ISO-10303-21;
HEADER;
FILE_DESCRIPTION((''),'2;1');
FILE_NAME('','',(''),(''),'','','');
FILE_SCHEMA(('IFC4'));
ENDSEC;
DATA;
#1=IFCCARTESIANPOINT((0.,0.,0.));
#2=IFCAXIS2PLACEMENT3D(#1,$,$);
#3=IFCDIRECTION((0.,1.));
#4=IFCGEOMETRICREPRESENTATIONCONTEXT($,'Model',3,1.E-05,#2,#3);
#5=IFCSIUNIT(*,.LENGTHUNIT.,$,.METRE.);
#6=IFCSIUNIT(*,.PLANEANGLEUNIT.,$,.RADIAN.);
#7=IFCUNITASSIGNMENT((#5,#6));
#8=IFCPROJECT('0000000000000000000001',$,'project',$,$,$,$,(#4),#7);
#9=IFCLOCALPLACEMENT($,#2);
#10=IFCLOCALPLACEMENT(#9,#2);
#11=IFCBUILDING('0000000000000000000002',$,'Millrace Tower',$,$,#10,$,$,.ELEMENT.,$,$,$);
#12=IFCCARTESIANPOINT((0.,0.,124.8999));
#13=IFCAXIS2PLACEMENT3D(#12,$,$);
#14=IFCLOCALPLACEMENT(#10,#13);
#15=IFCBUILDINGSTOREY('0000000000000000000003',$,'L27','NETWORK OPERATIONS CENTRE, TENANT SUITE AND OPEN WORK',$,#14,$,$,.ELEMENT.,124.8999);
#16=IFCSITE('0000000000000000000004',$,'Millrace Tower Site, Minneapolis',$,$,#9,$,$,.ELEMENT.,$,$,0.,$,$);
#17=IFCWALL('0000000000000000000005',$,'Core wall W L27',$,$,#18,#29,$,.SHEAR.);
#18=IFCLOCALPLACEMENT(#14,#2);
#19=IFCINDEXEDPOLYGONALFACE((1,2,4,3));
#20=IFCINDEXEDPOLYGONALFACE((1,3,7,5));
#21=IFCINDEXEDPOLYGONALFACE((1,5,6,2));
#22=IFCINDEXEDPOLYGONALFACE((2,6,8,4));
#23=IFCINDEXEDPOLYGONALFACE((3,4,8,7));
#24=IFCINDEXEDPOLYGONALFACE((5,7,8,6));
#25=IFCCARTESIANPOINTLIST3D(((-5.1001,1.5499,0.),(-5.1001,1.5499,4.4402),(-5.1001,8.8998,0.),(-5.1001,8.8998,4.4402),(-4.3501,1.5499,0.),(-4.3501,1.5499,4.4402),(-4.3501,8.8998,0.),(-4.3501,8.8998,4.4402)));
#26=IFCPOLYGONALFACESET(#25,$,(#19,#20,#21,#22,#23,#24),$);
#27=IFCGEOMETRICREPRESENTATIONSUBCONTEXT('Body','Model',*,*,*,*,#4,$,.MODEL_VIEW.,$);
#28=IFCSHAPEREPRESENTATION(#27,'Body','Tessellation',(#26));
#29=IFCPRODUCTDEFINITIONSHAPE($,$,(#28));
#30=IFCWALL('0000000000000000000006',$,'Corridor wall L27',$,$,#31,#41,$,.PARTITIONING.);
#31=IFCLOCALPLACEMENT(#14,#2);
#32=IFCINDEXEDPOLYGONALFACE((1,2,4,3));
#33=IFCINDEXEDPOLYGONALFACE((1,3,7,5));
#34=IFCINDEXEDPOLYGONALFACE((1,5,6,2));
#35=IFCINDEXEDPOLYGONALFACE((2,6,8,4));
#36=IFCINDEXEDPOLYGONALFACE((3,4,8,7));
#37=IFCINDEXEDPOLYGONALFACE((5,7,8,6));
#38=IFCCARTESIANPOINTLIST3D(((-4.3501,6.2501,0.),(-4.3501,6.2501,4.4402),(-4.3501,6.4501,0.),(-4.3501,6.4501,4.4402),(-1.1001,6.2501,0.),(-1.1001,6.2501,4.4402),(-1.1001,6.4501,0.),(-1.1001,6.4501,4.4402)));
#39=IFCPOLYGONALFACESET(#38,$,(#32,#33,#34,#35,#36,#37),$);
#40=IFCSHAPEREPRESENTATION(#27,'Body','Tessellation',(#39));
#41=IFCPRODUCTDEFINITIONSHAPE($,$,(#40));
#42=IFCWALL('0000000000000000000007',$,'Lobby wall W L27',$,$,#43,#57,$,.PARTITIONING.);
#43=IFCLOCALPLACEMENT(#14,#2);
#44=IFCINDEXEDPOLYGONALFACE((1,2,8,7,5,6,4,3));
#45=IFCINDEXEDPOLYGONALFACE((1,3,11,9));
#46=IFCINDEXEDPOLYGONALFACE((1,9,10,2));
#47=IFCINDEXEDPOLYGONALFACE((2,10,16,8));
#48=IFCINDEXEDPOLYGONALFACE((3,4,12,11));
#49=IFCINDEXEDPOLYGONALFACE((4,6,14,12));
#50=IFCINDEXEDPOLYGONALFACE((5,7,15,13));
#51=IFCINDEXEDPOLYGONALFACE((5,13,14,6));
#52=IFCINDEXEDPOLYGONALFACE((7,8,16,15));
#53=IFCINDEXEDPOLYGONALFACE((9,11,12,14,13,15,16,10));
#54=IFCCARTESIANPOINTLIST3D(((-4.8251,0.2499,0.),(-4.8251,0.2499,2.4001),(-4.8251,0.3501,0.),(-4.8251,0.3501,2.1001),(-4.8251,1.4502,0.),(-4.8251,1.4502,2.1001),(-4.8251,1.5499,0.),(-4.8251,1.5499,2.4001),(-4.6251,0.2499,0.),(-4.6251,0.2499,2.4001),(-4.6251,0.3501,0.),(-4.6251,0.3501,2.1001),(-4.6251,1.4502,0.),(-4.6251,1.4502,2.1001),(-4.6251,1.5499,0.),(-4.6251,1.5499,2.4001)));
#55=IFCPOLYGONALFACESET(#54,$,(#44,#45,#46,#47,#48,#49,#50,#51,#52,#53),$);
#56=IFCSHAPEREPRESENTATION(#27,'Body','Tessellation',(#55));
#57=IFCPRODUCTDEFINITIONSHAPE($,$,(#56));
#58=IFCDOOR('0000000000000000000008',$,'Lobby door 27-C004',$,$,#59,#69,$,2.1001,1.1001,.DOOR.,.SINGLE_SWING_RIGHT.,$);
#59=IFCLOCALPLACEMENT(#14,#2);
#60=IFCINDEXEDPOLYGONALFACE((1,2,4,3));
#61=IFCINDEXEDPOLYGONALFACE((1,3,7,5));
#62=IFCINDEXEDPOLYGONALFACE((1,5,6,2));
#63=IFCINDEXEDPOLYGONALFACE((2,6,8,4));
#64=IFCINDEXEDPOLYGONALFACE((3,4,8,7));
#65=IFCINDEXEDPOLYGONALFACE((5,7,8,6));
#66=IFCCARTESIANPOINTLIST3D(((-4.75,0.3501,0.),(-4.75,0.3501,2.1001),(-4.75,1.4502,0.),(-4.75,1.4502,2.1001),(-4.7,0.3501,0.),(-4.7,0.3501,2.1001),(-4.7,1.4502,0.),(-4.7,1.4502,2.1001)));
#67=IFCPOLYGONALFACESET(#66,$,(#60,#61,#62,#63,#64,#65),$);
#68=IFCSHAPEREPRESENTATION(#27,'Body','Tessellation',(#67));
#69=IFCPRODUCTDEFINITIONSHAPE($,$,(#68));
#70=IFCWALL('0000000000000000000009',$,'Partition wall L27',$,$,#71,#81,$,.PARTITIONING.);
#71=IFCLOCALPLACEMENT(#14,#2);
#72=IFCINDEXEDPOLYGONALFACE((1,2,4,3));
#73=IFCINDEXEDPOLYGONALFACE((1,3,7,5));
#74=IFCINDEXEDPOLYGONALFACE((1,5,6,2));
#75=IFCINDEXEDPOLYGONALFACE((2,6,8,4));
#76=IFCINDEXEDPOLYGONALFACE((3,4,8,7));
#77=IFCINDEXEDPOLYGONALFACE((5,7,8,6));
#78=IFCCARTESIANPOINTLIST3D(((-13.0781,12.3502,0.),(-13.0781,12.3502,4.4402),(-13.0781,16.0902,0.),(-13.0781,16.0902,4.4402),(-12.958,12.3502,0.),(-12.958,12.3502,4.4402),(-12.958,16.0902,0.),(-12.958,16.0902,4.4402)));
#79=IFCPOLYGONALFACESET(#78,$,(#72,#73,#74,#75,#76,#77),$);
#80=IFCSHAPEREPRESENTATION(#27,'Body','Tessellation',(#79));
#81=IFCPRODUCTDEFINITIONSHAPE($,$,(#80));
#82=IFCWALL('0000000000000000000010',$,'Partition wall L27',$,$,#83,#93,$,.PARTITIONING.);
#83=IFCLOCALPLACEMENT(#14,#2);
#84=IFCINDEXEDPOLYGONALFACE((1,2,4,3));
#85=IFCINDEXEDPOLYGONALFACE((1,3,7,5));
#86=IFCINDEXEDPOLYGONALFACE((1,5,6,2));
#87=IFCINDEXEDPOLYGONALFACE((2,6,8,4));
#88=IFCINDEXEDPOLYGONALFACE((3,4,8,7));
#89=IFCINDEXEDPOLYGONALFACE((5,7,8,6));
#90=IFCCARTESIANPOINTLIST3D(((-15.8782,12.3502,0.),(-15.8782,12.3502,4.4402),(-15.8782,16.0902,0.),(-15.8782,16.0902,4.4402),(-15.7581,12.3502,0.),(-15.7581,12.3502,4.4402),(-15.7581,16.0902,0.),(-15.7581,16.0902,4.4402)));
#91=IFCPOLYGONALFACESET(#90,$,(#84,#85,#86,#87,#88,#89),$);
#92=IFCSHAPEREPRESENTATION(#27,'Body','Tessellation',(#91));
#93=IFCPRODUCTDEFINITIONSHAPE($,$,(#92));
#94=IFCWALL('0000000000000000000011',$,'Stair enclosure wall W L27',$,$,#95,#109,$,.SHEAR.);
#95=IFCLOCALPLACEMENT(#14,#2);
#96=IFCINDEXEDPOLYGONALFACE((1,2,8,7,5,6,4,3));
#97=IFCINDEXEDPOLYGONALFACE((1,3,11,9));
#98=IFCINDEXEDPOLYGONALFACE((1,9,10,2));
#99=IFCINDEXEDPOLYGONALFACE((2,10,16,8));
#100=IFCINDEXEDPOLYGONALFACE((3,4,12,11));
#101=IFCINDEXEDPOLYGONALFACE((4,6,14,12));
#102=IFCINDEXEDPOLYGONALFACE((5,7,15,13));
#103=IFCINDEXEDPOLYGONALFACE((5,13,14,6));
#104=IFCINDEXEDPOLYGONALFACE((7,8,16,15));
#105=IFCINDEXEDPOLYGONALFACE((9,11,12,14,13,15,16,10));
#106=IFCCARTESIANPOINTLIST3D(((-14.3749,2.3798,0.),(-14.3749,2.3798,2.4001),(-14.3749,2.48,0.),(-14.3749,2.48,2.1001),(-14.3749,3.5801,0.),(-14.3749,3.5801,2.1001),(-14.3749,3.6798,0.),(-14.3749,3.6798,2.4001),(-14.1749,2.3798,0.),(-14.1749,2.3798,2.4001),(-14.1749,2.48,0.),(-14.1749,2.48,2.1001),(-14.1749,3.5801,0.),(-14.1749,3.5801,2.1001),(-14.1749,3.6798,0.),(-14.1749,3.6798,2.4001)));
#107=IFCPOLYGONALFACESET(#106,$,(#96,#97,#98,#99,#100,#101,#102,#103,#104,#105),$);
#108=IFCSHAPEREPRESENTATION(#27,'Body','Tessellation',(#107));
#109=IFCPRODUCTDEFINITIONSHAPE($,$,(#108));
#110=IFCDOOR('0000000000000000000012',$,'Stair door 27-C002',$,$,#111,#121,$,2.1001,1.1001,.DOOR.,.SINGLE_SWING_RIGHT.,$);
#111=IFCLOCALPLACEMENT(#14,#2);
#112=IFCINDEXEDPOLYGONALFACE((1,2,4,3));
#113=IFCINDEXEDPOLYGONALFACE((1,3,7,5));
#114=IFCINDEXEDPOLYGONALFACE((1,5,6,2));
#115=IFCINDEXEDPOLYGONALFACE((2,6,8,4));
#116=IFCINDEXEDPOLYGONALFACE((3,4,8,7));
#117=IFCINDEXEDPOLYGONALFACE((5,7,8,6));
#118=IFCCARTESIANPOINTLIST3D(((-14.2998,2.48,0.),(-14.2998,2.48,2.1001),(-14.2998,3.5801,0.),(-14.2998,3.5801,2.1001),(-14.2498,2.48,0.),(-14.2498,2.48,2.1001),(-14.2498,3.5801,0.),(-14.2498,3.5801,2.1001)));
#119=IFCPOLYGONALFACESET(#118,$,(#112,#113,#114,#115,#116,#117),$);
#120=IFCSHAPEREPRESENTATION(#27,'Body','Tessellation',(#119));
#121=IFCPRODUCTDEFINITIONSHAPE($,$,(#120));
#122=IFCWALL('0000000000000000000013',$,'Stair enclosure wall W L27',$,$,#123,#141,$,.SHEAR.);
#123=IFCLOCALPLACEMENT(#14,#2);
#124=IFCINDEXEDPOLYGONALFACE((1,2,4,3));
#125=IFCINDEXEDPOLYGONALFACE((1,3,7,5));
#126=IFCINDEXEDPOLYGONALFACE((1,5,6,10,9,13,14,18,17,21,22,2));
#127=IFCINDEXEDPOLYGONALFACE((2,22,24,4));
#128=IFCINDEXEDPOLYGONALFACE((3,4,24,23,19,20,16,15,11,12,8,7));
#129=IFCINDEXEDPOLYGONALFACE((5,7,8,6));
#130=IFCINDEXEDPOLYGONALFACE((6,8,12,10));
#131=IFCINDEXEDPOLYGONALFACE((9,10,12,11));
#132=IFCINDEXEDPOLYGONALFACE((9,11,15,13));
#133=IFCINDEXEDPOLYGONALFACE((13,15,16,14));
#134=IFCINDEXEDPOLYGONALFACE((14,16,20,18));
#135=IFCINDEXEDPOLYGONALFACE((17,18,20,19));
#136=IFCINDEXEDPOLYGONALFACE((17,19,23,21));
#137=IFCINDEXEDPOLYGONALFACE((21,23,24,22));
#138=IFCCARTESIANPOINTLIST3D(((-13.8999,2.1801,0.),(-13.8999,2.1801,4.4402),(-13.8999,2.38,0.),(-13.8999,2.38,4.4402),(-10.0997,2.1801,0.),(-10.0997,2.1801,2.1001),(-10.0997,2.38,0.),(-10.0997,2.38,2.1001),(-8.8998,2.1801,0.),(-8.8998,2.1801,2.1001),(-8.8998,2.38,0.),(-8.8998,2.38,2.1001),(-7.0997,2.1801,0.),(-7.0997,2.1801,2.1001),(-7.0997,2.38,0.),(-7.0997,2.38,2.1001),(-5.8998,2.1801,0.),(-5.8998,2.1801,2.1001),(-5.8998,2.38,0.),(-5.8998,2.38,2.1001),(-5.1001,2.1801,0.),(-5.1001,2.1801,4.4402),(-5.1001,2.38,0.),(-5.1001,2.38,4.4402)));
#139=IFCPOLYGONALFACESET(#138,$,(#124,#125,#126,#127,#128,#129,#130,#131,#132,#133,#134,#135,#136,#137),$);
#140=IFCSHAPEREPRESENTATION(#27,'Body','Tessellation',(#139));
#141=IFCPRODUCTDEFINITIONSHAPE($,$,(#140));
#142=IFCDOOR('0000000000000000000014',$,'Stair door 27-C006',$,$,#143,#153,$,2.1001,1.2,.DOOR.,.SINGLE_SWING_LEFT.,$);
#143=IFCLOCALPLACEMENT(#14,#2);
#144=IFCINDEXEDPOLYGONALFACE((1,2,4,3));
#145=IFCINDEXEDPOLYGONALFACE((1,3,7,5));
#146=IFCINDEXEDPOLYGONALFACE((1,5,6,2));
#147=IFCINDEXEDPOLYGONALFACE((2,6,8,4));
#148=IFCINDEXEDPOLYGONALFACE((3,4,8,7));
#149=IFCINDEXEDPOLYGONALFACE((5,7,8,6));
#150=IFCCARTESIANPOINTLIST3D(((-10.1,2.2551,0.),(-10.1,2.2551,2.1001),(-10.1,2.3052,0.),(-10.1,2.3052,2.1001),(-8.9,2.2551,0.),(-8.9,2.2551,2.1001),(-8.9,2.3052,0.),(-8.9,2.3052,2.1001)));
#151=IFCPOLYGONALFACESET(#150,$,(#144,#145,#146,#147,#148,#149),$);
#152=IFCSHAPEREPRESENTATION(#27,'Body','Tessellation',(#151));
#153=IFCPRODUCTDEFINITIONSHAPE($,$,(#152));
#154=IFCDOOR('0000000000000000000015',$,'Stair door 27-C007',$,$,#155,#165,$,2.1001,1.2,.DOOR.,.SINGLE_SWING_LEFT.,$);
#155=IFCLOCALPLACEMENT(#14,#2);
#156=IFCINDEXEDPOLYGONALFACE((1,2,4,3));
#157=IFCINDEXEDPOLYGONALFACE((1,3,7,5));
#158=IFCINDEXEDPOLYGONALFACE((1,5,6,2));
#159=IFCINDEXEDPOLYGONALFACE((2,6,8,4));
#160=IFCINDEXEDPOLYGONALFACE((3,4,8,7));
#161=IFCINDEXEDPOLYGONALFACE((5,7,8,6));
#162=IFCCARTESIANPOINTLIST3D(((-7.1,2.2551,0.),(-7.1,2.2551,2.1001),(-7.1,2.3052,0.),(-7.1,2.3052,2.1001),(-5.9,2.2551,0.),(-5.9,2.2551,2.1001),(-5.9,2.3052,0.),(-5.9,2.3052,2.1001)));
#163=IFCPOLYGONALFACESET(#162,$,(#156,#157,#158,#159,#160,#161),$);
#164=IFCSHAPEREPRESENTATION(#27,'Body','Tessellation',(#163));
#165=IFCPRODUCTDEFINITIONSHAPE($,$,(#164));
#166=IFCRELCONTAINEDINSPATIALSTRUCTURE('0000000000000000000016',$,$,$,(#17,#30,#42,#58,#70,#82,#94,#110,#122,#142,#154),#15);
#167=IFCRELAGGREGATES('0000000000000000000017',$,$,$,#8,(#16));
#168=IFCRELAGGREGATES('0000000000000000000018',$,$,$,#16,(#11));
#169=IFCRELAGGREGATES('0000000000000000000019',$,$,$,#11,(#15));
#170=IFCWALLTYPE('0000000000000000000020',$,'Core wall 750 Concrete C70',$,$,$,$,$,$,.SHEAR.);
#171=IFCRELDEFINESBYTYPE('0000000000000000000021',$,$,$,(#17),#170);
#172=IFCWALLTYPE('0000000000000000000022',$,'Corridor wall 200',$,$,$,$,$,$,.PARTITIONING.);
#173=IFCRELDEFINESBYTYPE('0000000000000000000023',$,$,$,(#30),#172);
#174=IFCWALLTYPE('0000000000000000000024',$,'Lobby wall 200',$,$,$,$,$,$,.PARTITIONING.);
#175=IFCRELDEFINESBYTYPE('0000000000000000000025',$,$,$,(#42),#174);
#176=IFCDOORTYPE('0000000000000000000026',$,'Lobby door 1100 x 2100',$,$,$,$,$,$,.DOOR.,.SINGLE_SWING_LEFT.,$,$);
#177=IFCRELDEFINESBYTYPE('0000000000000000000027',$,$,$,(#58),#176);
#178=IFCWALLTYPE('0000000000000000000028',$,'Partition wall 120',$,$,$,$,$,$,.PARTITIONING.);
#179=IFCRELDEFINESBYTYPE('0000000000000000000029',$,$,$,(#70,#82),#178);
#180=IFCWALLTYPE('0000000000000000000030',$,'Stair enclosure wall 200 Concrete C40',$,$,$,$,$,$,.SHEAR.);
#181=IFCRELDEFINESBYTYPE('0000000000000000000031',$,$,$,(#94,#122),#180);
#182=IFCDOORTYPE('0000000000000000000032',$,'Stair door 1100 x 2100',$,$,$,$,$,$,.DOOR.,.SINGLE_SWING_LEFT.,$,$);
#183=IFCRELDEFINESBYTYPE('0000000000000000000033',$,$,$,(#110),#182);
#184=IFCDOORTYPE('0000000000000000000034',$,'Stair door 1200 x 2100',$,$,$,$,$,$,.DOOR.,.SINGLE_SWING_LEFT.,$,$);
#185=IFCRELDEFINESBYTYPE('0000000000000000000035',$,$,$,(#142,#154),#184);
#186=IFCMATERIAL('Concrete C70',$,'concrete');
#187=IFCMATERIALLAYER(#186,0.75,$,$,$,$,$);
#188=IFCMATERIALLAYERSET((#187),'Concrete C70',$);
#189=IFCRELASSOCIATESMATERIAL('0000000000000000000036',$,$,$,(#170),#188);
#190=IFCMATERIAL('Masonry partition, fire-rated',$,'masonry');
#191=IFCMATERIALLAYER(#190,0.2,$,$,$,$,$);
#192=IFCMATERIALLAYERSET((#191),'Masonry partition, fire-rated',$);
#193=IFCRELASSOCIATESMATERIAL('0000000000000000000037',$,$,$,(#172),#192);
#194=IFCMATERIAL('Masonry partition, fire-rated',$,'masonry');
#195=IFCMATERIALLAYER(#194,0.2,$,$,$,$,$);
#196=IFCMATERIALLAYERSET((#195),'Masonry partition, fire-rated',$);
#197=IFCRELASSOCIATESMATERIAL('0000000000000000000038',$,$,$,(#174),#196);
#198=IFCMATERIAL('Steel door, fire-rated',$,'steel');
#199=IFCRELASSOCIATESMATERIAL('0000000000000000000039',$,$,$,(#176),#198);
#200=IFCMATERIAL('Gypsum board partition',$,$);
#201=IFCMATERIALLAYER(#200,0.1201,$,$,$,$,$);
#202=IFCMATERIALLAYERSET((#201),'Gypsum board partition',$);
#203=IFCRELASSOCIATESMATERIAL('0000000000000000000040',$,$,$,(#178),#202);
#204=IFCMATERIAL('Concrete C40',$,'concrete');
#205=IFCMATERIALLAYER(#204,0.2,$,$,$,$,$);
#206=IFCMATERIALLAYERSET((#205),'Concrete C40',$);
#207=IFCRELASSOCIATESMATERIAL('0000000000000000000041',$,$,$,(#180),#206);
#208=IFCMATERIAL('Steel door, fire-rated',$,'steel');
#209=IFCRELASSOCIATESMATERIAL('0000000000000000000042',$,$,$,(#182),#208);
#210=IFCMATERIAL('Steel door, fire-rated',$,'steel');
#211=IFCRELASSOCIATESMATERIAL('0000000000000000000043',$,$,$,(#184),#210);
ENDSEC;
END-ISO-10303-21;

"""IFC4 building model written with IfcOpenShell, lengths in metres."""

from ifc_helpers import new_model, si_unit, direction, frame, frame_2d, origin, place, context, subcontext, project, spatial, rectangle, extrude, material, layer, layer_set, type_object, element, fill, save


model = new_model("IFC4")

# Units and contexts
model_context = context("Model", 3, precision=1e-05, world=origin(), true_north=direction((0.0, 1.0)))
body_context = subcontext(model_context, "Body", "Model", "MODEL_VIEW")
ifc_project = project(units=[si_unit("LENGTHUNIT", "METRE"), si_unit("PLANEANGLEUNIT", "RADIAN")], contexts=[model_context])

# Site, building, storey
site_placement = place(None, origin())
site = spatial("IfcSite", under=ifc_project, at=site_placement, Name="Millrace Tower Site, Minneapolis", CompositionType="ELEMENT", RefElevation=0.0)
building_placement = place(site_placement, origin())
building = spatial("IfcBuilding", under=site, at=building_placement, Name="Millrace Tower", CompositionType="ELEMENT")
storey_placement = place(building_placement, frame((0.0, 0.0, 124.8999)))
storey = spatial("IfcBuildingStorey", under=building, at=storey_placement, Name="L27", Description="NETWORK OPERATIONS CENTRE, TENANT SUITE AND OPEN WORK", CompositionType="ELEMENT", Elevation=124.8999)

# Walls
ifc_material_1 = material(Name="Concrete C70", Category="concrete")
ifc_layer_1 = layer(ifc_material_1, 0.75)
ifc_layer_set_1 = layer_set([ifc_layer_1], Name="Concrete C70")
wall_type_1 = type_object("IfcWallType", Name="Core wall 750 Concrete C70", PredefinedType="SHEAR", material=ifc_layer_set_1)
wall_1_placement = place(storey_placement, frame((-4.7251, 1.55, 0.0), z_axis=(0.0, 0.0, 1.0), x_axis=(0.0, 1.0, 0.0)))
element("IfcWall", 1, at=wall_1_placement, inside=storey, type_object=wall_type_1, Name="Core wall W L27", PredefinedType="SHEAR", context=body_context, shape_type="SweptSolid", body=[
    extrude(rectangle(XDim=7.3499, YDim=0.75, at=frame_2d((3.6748, 0.0))), origin(), (0.0, 0.0, 1.0), 4.4402),
])
ifc_material_2 = material(Name="Masonry partition, fire-rated", Category="masonry")
ifc_layer_2 = layer(ifc_material_2, 0.2)
ifc_layer_set_2 = layer_set([ifc_layer_2], Name="Masonry partition, fire-rated")
wall_type_2 = type_object("IfcWallType", Name="Corridor wall 200", PredefinedType="PARTITIONING", material=ifc_layer_set_2)
wall_2_placement = place(storey_placement, frame((-4.3501, 6.3501, 0.0), z_axis=(0.0, 0.0, 1.0), x_axis=(1.0, 0.0, 0.0)))
element("IfcWall", 2, at=wall_2_placement, inside=storey, type_object=wall_type_2, Name="Corridor wall L27", PredefinedType="PARTITIONING", context=body_context, shape_type="SweptSolid", body=[
    extrude(rectangle(XDim=3.25, YDim=0.2, at=frame_2d((1.625, 0.0))), origin(), (0.0, 0.0, 1.0), 4.4402),
])

# Wall, opening, door
ifc_material_3 = material(Name="Masonry partition, fire-rated", Category="masonry")
ifc_layer_3 = layer(ifc_material_3, 0.2)
ifc_layer_set_3 = layer_set([ifc_layer_3], Name="Masonry partition, fire-rated")
wall_type_3 = type_object("IfcWallType", Name="Lobby wall 200", PredefinedType="PARTITIONING", material=ifc_layer_set_3)
wall_3_placement = place(storey_placement, frame((-4.7251, 0.25, 0.0), z_axis=(0.0, 0.0, 1.0), x_axis=(0.0, 1.0, 0.0)))
wall_3 = element("IfcWall", 3, at=wall_3_placement, inside=storey, type_object=wall_type_3, Name="Lobby wall W L27", PredefinedType="PARTITIONING", context=body_context, shape_type="SweptSolid", body=[
    extrude(rectangle(XDim=1.3, YDim=0.2, at=frame_2d((0.6499, 0.0))), origin(), (0.0, 0.0, 1.0), 2.4001),
])
opening_1_placement = place(wall_3_placement, frame((0.1001, 0.0, 0.0)))
opening_1 = element("IfcOpeningElement", 4, at=opening_1_placement, cuts=wall_3, PredefinedType="OPENING", context=body_context, shape_type="SweptSolid", body=[
    extrude(rectangle(XDim=1.1001, YDim=2.1001, at=frame_2d((0.55, 1.05))), frame((0.0, 0.1099, 0.0), z_axis=(0.0, -1.0, 0.0), x_axis=(1.0, 0.0, 0.0)), (0.0, 0.0, 1.0), 0.22),
])
ifc_material_4 = material(Name="Steel door, fire-rated", Category="steel")
door_type_1 = type_object("IfcDoorType", Name="Lobby door 1100 x 2100", OperationType="SINGLE_SWING_LEFT", PredefinedType="DOOR", material=ifc_material_4)
door_1_placement = place(opening_1_placement, origin())
door_1 = element("IfcDoor", 5, at=door_1_placement, inside=storey, type_object=door_type_1, Name="Lobby door 27-C004", OperationType="SINGLE_SWING_RIGHT", OverallHeight=2.1001, OverallWidth=1.1001, PredefinedType="DOOR", context=body_context, shape_type="SweptSolid", body=[
    extrude(rectangle(XDim=1.1001, YDim=2.1001, at=frame_2d((0.55, 1.05))), frame((0.0, 0.0249, 0.0), z_axis=(0.0, -1.0, 0.0), x_axis=(1.0, 0.0, 0.0)), (0.0, 0.0, 1.0), 0.05),
])
fill(opening_1, door_1)

# Walls
ifc_material_5 = material(Name="Gypsum board partition")
ifc_layer_4 = layer(ifc_material_5, 0.1201)
ifc_layer_set_4 = layer_set([ifc_layer_4], Name="Gypsum board partition")
wall_type_4 = type_object("IfcWallType", Name="Partition wall 120", PredefinedType="PARTITIONING", material=ifc_layer_set_4)
for number, where, z_axis, x_axis, name in (
    (6, (-13.0181, 12.3501, 0.0), (0.0, 0.0, 1.0), (0.0, 1.0, 0.0), "Partition wall L27"),
    (7, (-15.8181, 12.3501, 0.0), (0.0, 0.0, 1.0), (0.0, 1.0, 0.0), "Partition wall L27"),
):
    element("IfcWall", number, at=place(storey_placement, frame(where, z_axis=z_axis, x_axis=x_axis)), inside=storey, type_object=wall_type_4, Name=name, PredefinedType="PARTITIONING", context=body_context, shape_type="SweptSolid", body=[
        extrude(rectangle(XDim=3.74, YDim=0.1201, at=frame_2d((1.8701, 0.0))), origin(), (0.0, 0.0, 1.0), 4.4402),
    ])

# Wall, opening, door
ifc_material_6 = material(Name="Concrete C40", Category="concrete")
ifc_layer_5 = layer(ifc_material_6, 0.2)
ifc_layer_set_5 = layer_set([ifc_layer_5], Name="Concrete C40")
wall_type_5 = type_object("IfcWallType", Name="Stair enclosure wall 200 Concrete C40", PredefinedType="SHEAR", material=ifc_layer_set_5)
wall_4_placement = place(storey_placement, frame((-14.2749, 2.3799, 0.0), z_axis=(0.0, 0.0, 1.0), x_axis=(0.0, 1.0, 0.0)))
wall_4 = element("IfcWall", 8, at=wall_4_placement, inside=storey, type_object=wall_type_5, Name="Stair enclosure wall W L27", PredefinedType="SHEAR", context=body_context, shape_type="SweptSolid", body=[
    extrude(rectangle(XDim=1.3, YDim=0.2, at=frame_2d((0.6499, 0.0))), origin(), (0.0, 0.0, 1.0), 2.4001),
])
opening_2_placement = place(wall_4_placement, frame((0.1001, 0.0, 0.0)))
opening_2 = element("IfcOpeningElement", 9, at=opening_2_placement, cuts=wall_4, PredefinedType="OPENING", context=body_context, shape_type="SweptSolid", body=[
    extrude(rectangle(XDim=1.1001, YDim=2.1001, at=frame_2d((0.55, 1.05))), frame((0.0, 0.1099, 0.0), z_axis=(0.0, -1.0, 0.0), x_axis=(1.0, 0.0, 0.0)), (0.0, 0.0, 1.0), 0.22),
])
ifc_material_7 = material(Name="Steel door, fire-rated", Category="steel")
door_type_2 = type_object("IfcDoorType", Name="Stair door 1100 x 2100", OperationType="SINGLE_SWING_LEFT", PredefinedType="DOOR", material=ifc_material_7)
door_2_placement = place(opening_2_placement, origin())
door_2 = element("IfcDoor", 10, at=door_2_placement, inside=storey, type_object=door_type_2, Name="Stair door 27-C002", OperationType="SINGLE_SWING_RIGHT", OverallHeight=2.1001, OverallWidth=1.1001, PredefinedType="DOOR", context=body_context, shape_type="SweptSolid", body=[
    extrude(rectangle(XDim=1.1001, YDim=2.1001, at=frame_2d((0.55, 1.05))), frame((0.0, 0.0249, 0.0), z_axis=(0.0, -1.0, 0.0), x_axis=(1.0, 0.0, 0.0)), (0.0, 0.0, 1.0), 0.05),
])
fill(opening_2, door_2)

# Wall, openings, doors
wall_5_placement = place(storey_placement, frame((-13.8999, 2.28, 0.0), z_axis=(0.0, 0.0, 1.0), x_axis=(1.0, 0.0, 0.0)))
wall_5 = element("IfcWall", 11, at=wall_5_placement, inside=storey, type_object=wall_type_5, Name="Stair enclosure wall W L27", PredefinedType="SHEAR", context=body_context, shape_type="SweptSolid", body=[
    extrude(rectangle(XDim=8.7998, YDim=0.2, at=frame_2d((4.3999, 0.0))), origin(), (0.0, 0.0, 1.0), 4.4402),
])
opening_3_placement = place(wall_5_placement, frame((3.8, 0.0, 0.0)))
opening_3 = element("IfcOpeningElement", 12, at=opening_3_placement, cuts=wall_5, PredefinedType="OPENING", context=body_context, shape_type="SweptSolid", body=[
    extrude(rectangle(XDim=1.2, YDim=2.1001, at=frame_2d((0.6001, 1.05))), frame((0.0, 0.1099, 0.0), z_axis=(0.0, -1.0, 0.0), x_axis=(1.0, 0.0, 0.0)), (0.0, 0.0, 1.0), 0.22),
])
opening_4_placement = place(wall_5_placement, frame((6.8, 0.0, 0.0)))
opening_4 = element("IfcOpeningElement", 13, at=opening_4_placement, cuts=wall_5, PredefinedType="OPENING", context=body_context, shape_type="SweptSolid", body=[
    extrude(rectangle(XDim=1.2, YDim=2.1001, at=frame_2d((0.6001, 1.05))), frame((0.0, 0.1099, 0.0), z_axis=(0.0, -1.0, 0.0), x_axis=(1.0, 0.0, 0.0)), (0.0, 0.0, 1.0), 0.22),
])
ifc_material_8 = material(Name="Steel door, fire-rated", Category="steel")
door_type_3 = type_object("IfcDoorType", Name="Stair door 1200 x 2100", OperationType="SINGLE_SWING_LEFT", PredefinedType="DOOR", material=ifc_material_8)
door_3_placement = place(opening_3_placement, frame((1.2, 0.0, 0.0), z_axis=(0.0, 0.0, 1.0), x_axis=(-1.0, 0.0, 0.0)))
door_3 = element("IfcDoor", 14, at=door_3_placement, inside=storey, type_object=door_type_3, Name="Stair door 27-C006", OperationType="SINGLE_SWING_LEFT", OverallHeight=2.1001, OverallWidth=1.2, PredefinedType="DOOR", context=body_context, shape_type="SweptSolid", body=[
    extrude(rectangle(XDim=1.2, YDim=2.1001, at=frame_2d((0.6001, 1.05))), frame((0.0, 0.0249, 0.0), z_axis=(0.0, -1.0, 0.0), x_axis=(1.0, 0.0, 0.0)), (0.0, 0.0, 1.0), 0.05),
])
fill(opening_3, door_3)
door_4_placement = place(opening_4_placement, frame((1.2, 0.0, 0.0), z_axis=(0.0, 0.0, 1.0), x_axis=(-1.0, 0.0, 0.0)))
door_4 = element("IfcDoor", 15, at=door_4_placement, inside=storey, type_object=door_type_3, Name="Stair door 27-C007", OperationType="SINGLE_SWING_LEFT", OverallHeight=2.1001, OverallWidth=1.2, PredefinedType="DOOR", context=body_context, shape_type="SweptSolid", body=[
    extrude(rectangle(XDim=1.2, YDim=2.1001, at=frame_2d((0.6001, 1.05))), frame((0.0, 0.0249, 0.0), z_axis=(0.0, -1.0, 0.0), x_axis=(1.0, 0.0, 0.0)), (0.0, 0.0, 1.0), 0.05),
])
fill(opening_4, door_4)

save(model, "model.ifc")
